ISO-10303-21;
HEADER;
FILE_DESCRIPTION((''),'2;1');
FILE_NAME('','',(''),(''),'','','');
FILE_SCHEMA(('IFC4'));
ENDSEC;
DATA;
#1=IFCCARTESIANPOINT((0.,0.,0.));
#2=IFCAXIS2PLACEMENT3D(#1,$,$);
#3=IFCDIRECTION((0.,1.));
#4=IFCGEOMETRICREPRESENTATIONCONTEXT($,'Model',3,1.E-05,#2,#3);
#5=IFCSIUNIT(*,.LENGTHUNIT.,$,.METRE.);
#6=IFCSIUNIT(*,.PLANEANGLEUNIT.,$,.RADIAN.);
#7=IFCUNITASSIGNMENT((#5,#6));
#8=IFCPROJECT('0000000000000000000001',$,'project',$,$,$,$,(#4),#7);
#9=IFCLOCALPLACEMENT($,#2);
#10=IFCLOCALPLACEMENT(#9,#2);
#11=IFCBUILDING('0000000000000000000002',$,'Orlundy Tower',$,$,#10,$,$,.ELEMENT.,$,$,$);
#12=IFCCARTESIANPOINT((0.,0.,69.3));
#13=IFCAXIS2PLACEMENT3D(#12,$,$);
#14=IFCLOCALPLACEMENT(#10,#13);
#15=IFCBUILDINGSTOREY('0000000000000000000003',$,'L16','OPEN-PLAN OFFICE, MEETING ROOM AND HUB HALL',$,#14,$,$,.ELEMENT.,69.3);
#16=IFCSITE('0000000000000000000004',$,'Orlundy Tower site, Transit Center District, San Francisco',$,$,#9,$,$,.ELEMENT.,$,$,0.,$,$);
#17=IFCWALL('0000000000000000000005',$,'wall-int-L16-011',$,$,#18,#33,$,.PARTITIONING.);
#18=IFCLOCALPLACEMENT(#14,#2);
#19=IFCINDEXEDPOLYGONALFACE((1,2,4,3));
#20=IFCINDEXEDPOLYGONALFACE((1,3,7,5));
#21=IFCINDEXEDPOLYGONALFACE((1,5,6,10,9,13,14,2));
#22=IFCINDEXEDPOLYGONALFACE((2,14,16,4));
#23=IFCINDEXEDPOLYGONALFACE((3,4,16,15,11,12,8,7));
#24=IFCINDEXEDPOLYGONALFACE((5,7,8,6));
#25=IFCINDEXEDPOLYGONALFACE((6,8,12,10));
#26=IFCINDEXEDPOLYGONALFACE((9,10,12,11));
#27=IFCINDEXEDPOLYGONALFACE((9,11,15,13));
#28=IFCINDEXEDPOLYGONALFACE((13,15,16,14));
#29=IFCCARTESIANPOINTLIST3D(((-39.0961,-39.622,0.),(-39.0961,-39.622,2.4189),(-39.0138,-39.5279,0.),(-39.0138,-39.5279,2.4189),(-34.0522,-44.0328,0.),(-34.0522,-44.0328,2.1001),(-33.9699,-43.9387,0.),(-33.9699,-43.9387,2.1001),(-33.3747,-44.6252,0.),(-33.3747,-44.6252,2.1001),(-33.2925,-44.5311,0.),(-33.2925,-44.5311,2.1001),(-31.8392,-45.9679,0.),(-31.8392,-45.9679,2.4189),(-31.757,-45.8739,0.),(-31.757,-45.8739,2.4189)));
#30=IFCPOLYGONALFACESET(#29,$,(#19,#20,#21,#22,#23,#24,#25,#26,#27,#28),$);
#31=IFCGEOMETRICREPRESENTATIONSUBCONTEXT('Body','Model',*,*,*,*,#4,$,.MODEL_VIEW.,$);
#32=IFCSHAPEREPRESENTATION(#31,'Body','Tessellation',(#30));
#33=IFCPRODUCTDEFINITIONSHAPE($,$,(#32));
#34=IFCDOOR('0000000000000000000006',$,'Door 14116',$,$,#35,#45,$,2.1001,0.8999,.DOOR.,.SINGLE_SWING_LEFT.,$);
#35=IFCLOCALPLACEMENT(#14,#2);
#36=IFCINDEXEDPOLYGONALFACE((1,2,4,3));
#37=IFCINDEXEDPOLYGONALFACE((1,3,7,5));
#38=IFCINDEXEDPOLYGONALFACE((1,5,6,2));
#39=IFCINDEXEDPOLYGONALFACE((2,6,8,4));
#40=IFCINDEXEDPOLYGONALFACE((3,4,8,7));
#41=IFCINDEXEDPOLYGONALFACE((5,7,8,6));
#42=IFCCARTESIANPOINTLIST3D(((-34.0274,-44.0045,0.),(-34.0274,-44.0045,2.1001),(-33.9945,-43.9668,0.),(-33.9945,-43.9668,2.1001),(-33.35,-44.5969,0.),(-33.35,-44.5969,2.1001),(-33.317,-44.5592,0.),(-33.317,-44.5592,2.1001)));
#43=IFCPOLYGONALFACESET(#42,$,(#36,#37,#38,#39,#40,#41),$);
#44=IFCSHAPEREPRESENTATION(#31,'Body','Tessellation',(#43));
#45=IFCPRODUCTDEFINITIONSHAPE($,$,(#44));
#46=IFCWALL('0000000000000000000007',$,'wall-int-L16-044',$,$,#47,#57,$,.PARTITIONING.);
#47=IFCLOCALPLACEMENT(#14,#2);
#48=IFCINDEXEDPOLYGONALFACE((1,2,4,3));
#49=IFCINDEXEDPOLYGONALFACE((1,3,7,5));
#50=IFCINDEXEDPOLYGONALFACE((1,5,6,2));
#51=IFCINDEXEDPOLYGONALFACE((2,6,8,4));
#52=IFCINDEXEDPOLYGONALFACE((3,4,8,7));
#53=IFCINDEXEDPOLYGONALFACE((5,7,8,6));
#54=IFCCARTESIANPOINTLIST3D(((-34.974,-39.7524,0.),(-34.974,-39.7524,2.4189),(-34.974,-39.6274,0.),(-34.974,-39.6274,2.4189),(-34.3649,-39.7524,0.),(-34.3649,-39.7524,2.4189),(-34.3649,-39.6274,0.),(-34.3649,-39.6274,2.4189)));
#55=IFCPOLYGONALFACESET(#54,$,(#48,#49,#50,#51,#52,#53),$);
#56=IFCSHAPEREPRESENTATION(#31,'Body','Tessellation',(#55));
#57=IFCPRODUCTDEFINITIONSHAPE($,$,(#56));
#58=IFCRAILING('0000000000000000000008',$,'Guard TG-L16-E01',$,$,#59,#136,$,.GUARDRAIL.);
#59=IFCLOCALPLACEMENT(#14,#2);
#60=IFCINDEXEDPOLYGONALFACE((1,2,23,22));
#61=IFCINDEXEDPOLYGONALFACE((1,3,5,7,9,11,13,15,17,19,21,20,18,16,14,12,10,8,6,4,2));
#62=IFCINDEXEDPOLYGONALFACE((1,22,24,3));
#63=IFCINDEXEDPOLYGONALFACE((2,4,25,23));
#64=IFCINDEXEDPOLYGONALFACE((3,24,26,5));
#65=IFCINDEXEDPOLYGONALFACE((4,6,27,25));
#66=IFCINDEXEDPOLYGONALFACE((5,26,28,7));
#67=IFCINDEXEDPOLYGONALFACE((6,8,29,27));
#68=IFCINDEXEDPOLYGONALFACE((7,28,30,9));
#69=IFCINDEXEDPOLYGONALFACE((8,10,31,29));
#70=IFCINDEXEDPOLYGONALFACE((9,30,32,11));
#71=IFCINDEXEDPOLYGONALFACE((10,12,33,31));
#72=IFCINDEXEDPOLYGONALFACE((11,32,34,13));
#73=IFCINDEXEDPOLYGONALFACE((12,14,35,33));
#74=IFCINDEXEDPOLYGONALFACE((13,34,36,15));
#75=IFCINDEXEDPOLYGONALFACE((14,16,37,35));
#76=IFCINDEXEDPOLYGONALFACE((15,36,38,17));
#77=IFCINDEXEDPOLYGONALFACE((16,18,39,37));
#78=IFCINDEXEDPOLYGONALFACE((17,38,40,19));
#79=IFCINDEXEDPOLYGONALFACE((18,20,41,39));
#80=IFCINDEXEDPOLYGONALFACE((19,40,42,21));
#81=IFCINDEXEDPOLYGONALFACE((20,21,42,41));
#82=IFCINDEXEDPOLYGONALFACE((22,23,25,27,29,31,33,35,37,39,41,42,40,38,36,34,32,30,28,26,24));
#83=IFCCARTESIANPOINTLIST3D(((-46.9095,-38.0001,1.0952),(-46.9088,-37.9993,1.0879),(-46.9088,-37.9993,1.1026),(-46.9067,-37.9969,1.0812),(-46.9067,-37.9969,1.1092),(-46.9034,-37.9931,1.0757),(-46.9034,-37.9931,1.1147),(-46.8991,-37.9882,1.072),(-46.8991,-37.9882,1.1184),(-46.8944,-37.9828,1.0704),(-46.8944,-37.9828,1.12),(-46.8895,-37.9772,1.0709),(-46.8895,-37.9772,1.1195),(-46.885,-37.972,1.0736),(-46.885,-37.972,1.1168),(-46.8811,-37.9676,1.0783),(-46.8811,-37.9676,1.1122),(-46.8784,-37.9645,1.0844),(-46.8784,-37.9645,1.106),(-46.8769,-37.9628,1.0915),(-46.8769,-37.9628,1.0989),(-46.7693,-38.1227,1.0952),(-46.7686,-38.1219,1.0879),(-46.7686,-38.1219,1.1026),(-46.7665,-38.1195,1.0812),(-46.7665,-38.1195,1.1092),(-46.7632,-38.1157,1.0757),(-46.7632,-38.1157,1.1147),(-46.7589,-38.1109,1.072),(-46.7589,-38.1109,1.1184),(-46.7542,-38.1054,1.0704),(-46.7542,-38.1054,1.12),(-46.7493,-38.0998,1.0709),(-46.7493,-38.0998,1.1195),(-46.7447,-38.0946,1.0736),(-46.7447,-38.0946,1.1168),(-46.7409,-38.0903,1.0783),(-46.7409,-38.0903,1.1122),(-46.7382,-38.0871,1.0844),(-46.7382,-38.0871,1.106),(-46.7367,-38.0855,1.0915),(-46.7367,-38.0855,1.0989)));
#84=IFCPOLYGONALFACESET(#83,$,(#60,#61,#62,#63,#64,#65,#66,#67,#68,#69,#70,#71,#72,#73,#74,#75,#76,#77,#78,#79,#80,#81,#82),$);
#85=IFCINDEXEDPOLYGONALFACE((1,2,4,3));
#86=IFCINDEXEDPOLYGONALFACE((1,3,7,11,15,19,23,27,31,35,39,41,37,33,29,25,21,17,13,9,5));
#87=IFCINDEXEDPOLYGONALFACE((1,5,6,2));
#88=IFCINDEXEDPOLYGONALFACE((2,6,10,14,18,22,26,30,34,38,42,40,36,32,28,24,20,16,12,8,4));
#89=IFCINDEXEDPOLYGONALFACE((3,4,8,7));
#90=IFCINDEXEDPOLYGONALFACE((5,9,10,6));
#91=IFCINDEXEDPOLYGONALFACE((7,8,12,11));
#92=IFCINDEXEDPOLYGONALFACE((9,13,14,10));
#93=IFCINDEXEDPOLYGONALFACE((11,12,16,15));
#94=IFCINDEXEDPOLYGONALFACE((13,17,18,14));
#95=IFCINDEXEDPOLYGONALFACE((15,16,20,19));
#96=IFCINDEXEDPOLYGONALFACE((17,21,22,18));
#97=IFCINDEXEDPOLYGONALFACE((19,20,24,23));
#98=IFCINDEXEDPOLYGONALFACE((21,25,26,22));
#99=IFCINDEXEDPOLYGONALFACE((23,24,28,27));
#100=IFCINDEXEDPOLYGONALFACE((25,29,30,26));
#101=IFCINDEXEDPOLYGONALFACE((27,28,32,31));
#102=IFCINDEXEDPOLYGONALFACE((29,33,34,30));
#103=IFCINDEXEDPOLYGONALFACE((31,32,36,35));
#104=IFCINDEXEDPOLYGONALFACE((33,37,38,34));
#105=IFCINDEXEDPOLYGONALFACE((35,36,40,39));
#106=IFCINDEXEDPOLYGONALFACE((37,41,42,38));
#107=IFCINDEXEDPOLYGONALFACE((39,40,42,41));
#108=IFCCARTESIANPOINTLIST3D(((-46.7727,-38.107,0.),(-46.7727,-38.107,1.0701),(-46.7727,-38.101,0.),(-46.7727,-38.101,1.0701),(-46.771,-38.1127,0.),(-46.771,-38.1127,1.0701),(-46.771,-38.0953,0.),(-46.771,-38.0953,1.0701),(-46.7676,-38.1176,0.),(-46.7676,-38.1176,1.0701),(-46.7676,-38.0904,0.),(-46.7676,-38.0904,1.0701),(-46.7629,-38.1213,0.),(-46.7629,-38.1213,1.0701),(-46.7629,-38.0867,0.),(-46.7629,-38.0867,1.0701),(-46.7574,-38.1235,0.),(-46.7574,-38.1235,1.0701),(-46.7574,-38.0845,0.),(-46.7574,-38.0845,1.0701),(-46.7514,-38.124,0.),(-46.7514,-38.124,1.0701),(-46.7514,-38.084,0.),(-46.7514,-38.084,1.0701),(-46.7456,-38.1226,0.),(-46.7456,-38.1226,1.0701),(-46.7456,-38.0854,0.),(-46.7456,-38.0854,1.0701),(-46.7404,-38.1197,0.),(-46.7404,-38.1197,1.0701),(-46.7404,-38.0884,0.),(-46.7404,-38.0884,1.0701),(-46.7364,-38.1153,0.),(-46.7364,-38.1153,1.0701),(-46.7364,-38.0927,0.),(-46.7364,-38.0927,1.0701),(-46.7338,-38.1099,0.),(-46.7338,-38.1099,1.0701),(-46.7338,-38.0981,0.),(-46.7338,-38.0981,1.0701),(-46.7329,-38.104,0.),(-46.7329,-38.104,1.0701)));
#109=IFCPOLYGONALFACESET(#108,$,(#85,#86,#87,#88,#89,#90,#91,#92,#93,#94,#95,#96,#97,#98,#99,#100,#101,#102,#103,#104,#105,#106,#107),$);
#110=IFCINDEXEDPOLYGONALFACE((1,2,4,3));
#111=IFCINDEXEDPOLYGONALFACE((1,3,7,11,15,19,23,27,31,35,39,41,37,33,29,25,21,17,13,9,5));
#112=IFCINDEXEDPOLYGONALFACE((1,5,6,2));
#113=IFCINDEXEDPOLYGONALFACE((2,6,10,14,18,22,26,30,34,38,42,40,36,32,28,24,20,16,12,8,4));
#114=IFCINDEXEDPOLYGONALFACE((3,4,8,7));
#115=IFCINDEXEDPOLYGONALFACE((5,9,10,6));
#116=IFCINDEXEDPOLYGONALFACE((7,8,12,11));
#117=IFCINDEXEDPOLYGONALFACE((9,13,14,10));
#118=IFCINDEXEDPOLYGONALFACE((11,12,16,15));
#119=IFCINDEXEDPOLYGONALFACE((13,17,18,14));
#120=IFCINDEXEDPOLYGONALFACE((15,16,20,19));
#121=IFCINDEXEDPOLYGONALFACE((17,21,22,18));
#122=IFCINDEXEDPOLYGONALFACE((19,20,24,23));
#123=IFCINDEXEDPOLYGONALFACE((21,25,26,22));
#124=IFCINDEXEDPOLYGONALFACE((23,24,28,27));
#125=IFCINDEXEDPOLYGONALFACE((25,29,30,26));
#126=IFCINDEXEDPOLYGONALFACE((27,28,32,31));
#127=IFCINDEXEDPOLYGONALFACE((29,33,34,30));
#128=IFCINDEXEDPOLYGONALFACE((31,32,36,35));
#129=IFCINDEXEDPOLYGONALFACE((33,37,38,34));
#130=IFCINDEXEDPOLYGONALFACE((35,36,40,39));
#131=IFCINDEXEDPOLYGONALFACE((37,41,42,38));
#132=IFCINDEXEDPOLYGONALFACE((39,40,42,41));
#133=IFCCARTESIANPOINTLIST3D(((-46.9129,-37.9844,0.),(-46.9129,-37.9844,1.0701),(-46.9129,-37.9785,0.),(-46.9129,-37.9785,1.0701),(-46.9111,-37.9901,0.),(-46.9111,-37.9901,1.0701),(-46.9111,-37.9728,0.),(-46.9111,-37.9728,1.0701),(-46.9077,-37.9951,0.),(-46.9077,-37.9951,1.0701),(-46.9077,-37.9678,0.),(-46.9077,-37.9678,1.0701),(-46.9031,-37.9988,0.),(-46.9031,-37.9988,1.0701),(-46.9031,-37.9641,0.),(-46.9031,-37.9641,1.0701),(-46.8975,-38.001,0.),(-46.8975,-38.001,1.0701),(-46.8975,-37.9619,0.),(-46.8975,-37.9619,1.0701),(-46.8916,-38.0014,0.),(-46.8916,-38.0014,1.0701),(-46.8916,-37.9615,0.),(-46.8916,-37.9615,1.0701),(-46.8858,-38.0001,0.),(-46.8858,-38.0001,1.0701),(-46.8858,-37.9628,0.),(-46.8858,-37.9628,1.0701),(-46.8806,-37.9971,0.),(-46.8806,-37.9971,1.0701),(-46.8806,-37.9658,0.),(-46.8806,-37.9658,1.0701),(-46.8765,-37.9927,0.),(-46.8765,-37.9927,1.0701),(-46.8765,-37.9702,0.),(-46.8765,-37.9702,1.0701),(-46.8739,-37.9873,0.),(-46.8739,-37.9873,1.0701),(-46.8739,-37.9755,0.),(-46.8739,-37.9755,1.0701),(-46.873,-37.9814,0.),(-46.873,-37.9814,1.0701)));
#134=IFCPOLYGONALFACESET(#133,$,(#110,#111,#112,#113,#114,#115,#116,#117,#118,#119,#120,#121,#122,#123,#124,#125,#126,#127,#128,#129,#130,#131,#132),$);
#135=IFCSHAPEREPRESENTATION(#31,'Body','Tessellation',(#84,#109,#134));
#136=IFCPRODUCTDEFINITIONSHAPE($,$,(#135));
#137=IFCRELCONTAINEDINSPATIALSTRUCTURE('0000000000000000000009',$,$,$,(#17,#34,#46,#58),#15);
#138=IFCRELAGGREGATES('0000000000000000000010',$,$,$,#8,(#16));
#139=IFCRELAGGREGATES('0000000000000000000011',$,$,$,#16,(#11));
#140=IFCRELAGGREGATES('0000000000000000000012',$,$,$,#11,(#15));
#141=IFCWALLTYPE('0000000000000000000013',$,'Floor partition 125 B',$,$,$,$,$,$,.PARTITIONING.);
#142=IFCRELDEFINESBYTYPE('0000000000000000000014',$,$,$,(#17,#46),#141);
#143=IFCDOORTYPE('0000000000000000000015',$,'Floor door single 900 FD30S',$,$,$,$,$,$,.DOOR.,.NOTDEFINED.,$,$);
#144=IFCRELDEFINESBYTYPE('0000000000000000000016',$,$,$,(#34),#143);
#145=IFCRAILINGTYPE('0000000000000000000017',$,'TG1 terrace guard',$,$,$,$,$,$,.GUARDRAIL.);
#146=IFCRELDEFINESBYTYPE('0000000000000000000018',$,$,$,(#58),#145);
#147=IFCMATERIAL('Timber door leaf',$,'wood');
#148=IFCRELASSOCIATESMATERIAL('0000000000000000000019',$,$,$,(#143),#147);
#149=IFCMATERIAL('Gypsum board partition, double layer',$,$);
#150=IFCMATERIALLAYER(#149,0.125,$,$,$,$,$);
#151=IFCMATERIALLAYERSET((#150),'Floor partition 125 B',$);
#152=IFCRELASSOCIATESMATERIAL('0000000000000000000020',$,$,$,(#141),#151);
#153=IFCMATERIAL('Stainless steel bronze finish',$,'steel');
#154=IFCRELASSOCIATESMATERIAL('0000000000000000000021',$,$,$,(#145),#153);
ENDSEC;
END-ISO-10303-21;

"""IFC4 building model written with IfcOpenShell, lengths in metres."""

from ifc_helpers import new_model, si_unit, direction, frame, frame_2d, origin, origin_2d, place, context, subcontext, project, spatial, rectangle, circle, extrude, material, layer, layer_set, type_object, element, fill, save


model = new_model("IFC4")

# Units and contexts
model_context = context("Model", 3, precision=1e-05, world=origin(), true_north=direction((0.0, 1.0)))
body_context = subcontext(model_context, "Body", "Model", "MODEL_VIEW")
ifc_project = project(units=[si_unit("LENGTHUNIT", "METRE"), si_unit("PLANEANGLEUNIT", "RADIAN")], contexts=[model_context])

# Site, building, storey
site_placement = place(None, origin())
site = spatial("IfcSite", under=ifc_project, at=site_placement, Name="Orlundy Tower site, Transit Center District, San Francisco", CompositionType="ELEMENT", RefElevation=0.0)
building_placement = place(site_placement, origin())
building = spatial("IfcBuilding", under=site, at=building_placement, Name="Orlundy Tower", CompositionType="ELEMENT")
storey_placement = place(building_placement, frame((0.0, 0.0, 69.3)))
storey = spatial("IfcBuildingStorey", under=building, at=storey_placement, Name="L16", Description="OPEN-PLAN OFFICE, MEETING ROOM AND HUB HALL", CompositionType="ELEMENT", Elevation=69.3)

# Shared definitions
ifc_material_1 = material(Name="Timber door leaf", Category="wood")
door_type = type_object("IfcDoorType", Name="Floor door single 900 FD30S", OperationType="NOTDEFINED", PredefinedType="DOOR", material=ifc_material_1)

# Wall, opening, door
ifc_material_2 = material(Name="Gypsum board partition, double layer")
ifc_layer_1 = layer(ifc_material_2, 0.125)
ifc_layer_set_1 = layer_set([ifc_layer_1], Name="Floor partition 125 B")
wall_type_1 = type_object("IfcWallType", Name="Floor partition 125 B", PredefinedType="PARTITIONING", material=ifc_layer_set_1)
wall_1_placement = place(storey_placement, frame((-31.7981, -45.9209, 0.0), z_axis=(0.0, 0.0, 1.0), x_axis=(-0.752771, 0.658282, 0.0)))
wall_1 = element("IfcWall", 1, at=wall_1_placement, inside=storey, type_object=wall_type_1, Name="wall-int-L16-011", PredefinedType="PARTITIONING", context=body_context, shape_type="SweptSolid", body=[
    extrude(rectangle(XDim=9.6401, YDim=0.125, at=frame_2d((4.8201, 0.0))), origin(), (0.0, 0.0, 1.0), 2.4189),
])
opening_1_placement = place(wall_1_placement, frame((2.0398, 0.0, 0.0)))
opening_1 = element("IfcOpeningElement", 2, at=opening_1_placement, cuts=wall_1, PredefinedType="OPENING", context=body_context, shape_type="SweptSolid", body=[
    extrude(rectangle(XDim=0.8999, YDim=2.1001, at=frame_2d((0.45, 1.05))), frame((0.0, 0.0725, 0.0), z_axis=(0.0, -1.0, 0.0), x_axis=(1.0, 0.0, 0.0)), (0.0, 0.0, 1.0), 0.145),
])
door_1_placement = place(opening_1_placement, origin())
door_1 = element("IfcDoor", 3, at=door_1_placement, inside=storey, type_object=door_type, Name="Door 14116", OperationType="SINGLE_SWING_LEFT", OverallHeight=2.1001, OverallWidth=0.8999, PredefinedType="DOOR", context=body_context, shape_type="SweptSolid", body=[
    extrude(rectangle(XDim=0.8999, YDim=2.1001, at=frame_2d((0.45, 1.05))), frame((0.0, 0.0249, 0.0), z_axis=(0.0, -1.0, 0.0), x_axis=(1.0, 0.0, 0.0)), (0.0, 0.0, 1.0), 0.05),
])
fill(opening_1, door_1)

# Wall
wall_2_placement = place(storey_placement, frame((-34.9741, -39.6899, 0.0), z_axis=(0.0, 0.0, 1.0), x_axis=(1.0, 0.0, 0.0)))
element("IfcWall", 4, at=wall_2_placement, inside=storey, type_object=wall_type_1, Name="wall-int-L16-044", PredefinedType="PARTITIONING", context=body_context, shape_type="SweptSolid", body=[
    extrude(rectangle(XDim=0.6091, YDim=0.125, at=frame_2d((0.3047, 0.0))), origin(), (0.0, 0.0, 1.0), 2.4189),
])

# Railing
ifc_material_3 = material(Name="Stainless steel bronze finish", Category="steel")
railing_type = type_object("IfcRailingType", Name="TG1 terrace guard", PredefinedType="GUARDRAIL", material=ifc_material_3)
railing_placement = place(storey_placement, frame((-46.7529, -38.104, 0.0)))
element("IfcRailing", 5, at=railing_placement, inside=storey, type_object=railing_type, Name="Guard TG-L16-E01", PredefinedType="GUARDRAIL", context=body_context, shape_type="SweptSolid", body=[
    extrude(circle(Radius=0.0249, at=origin_2d()), frame((0.0, 0.0, 1.0952), z_axis=(-0.752739, 0.658319, 0.0), x_axis=(-0.658319, -0.752739, 0.0)), (0.0, 0.0, 1.0), 0.1863),
    extrude(circle(Radius=0.02, at=origin_2d()), origin(), (0.0, 0.0, 1.0), 1.0701),
    extrude(circle(Radius=0.02, at=origin_2d()), frame((-0.1401, 0.1226, 0.0)), (0.0, 0.0, 1.0), 1.0701),
])

save(model, "model.ifc")
